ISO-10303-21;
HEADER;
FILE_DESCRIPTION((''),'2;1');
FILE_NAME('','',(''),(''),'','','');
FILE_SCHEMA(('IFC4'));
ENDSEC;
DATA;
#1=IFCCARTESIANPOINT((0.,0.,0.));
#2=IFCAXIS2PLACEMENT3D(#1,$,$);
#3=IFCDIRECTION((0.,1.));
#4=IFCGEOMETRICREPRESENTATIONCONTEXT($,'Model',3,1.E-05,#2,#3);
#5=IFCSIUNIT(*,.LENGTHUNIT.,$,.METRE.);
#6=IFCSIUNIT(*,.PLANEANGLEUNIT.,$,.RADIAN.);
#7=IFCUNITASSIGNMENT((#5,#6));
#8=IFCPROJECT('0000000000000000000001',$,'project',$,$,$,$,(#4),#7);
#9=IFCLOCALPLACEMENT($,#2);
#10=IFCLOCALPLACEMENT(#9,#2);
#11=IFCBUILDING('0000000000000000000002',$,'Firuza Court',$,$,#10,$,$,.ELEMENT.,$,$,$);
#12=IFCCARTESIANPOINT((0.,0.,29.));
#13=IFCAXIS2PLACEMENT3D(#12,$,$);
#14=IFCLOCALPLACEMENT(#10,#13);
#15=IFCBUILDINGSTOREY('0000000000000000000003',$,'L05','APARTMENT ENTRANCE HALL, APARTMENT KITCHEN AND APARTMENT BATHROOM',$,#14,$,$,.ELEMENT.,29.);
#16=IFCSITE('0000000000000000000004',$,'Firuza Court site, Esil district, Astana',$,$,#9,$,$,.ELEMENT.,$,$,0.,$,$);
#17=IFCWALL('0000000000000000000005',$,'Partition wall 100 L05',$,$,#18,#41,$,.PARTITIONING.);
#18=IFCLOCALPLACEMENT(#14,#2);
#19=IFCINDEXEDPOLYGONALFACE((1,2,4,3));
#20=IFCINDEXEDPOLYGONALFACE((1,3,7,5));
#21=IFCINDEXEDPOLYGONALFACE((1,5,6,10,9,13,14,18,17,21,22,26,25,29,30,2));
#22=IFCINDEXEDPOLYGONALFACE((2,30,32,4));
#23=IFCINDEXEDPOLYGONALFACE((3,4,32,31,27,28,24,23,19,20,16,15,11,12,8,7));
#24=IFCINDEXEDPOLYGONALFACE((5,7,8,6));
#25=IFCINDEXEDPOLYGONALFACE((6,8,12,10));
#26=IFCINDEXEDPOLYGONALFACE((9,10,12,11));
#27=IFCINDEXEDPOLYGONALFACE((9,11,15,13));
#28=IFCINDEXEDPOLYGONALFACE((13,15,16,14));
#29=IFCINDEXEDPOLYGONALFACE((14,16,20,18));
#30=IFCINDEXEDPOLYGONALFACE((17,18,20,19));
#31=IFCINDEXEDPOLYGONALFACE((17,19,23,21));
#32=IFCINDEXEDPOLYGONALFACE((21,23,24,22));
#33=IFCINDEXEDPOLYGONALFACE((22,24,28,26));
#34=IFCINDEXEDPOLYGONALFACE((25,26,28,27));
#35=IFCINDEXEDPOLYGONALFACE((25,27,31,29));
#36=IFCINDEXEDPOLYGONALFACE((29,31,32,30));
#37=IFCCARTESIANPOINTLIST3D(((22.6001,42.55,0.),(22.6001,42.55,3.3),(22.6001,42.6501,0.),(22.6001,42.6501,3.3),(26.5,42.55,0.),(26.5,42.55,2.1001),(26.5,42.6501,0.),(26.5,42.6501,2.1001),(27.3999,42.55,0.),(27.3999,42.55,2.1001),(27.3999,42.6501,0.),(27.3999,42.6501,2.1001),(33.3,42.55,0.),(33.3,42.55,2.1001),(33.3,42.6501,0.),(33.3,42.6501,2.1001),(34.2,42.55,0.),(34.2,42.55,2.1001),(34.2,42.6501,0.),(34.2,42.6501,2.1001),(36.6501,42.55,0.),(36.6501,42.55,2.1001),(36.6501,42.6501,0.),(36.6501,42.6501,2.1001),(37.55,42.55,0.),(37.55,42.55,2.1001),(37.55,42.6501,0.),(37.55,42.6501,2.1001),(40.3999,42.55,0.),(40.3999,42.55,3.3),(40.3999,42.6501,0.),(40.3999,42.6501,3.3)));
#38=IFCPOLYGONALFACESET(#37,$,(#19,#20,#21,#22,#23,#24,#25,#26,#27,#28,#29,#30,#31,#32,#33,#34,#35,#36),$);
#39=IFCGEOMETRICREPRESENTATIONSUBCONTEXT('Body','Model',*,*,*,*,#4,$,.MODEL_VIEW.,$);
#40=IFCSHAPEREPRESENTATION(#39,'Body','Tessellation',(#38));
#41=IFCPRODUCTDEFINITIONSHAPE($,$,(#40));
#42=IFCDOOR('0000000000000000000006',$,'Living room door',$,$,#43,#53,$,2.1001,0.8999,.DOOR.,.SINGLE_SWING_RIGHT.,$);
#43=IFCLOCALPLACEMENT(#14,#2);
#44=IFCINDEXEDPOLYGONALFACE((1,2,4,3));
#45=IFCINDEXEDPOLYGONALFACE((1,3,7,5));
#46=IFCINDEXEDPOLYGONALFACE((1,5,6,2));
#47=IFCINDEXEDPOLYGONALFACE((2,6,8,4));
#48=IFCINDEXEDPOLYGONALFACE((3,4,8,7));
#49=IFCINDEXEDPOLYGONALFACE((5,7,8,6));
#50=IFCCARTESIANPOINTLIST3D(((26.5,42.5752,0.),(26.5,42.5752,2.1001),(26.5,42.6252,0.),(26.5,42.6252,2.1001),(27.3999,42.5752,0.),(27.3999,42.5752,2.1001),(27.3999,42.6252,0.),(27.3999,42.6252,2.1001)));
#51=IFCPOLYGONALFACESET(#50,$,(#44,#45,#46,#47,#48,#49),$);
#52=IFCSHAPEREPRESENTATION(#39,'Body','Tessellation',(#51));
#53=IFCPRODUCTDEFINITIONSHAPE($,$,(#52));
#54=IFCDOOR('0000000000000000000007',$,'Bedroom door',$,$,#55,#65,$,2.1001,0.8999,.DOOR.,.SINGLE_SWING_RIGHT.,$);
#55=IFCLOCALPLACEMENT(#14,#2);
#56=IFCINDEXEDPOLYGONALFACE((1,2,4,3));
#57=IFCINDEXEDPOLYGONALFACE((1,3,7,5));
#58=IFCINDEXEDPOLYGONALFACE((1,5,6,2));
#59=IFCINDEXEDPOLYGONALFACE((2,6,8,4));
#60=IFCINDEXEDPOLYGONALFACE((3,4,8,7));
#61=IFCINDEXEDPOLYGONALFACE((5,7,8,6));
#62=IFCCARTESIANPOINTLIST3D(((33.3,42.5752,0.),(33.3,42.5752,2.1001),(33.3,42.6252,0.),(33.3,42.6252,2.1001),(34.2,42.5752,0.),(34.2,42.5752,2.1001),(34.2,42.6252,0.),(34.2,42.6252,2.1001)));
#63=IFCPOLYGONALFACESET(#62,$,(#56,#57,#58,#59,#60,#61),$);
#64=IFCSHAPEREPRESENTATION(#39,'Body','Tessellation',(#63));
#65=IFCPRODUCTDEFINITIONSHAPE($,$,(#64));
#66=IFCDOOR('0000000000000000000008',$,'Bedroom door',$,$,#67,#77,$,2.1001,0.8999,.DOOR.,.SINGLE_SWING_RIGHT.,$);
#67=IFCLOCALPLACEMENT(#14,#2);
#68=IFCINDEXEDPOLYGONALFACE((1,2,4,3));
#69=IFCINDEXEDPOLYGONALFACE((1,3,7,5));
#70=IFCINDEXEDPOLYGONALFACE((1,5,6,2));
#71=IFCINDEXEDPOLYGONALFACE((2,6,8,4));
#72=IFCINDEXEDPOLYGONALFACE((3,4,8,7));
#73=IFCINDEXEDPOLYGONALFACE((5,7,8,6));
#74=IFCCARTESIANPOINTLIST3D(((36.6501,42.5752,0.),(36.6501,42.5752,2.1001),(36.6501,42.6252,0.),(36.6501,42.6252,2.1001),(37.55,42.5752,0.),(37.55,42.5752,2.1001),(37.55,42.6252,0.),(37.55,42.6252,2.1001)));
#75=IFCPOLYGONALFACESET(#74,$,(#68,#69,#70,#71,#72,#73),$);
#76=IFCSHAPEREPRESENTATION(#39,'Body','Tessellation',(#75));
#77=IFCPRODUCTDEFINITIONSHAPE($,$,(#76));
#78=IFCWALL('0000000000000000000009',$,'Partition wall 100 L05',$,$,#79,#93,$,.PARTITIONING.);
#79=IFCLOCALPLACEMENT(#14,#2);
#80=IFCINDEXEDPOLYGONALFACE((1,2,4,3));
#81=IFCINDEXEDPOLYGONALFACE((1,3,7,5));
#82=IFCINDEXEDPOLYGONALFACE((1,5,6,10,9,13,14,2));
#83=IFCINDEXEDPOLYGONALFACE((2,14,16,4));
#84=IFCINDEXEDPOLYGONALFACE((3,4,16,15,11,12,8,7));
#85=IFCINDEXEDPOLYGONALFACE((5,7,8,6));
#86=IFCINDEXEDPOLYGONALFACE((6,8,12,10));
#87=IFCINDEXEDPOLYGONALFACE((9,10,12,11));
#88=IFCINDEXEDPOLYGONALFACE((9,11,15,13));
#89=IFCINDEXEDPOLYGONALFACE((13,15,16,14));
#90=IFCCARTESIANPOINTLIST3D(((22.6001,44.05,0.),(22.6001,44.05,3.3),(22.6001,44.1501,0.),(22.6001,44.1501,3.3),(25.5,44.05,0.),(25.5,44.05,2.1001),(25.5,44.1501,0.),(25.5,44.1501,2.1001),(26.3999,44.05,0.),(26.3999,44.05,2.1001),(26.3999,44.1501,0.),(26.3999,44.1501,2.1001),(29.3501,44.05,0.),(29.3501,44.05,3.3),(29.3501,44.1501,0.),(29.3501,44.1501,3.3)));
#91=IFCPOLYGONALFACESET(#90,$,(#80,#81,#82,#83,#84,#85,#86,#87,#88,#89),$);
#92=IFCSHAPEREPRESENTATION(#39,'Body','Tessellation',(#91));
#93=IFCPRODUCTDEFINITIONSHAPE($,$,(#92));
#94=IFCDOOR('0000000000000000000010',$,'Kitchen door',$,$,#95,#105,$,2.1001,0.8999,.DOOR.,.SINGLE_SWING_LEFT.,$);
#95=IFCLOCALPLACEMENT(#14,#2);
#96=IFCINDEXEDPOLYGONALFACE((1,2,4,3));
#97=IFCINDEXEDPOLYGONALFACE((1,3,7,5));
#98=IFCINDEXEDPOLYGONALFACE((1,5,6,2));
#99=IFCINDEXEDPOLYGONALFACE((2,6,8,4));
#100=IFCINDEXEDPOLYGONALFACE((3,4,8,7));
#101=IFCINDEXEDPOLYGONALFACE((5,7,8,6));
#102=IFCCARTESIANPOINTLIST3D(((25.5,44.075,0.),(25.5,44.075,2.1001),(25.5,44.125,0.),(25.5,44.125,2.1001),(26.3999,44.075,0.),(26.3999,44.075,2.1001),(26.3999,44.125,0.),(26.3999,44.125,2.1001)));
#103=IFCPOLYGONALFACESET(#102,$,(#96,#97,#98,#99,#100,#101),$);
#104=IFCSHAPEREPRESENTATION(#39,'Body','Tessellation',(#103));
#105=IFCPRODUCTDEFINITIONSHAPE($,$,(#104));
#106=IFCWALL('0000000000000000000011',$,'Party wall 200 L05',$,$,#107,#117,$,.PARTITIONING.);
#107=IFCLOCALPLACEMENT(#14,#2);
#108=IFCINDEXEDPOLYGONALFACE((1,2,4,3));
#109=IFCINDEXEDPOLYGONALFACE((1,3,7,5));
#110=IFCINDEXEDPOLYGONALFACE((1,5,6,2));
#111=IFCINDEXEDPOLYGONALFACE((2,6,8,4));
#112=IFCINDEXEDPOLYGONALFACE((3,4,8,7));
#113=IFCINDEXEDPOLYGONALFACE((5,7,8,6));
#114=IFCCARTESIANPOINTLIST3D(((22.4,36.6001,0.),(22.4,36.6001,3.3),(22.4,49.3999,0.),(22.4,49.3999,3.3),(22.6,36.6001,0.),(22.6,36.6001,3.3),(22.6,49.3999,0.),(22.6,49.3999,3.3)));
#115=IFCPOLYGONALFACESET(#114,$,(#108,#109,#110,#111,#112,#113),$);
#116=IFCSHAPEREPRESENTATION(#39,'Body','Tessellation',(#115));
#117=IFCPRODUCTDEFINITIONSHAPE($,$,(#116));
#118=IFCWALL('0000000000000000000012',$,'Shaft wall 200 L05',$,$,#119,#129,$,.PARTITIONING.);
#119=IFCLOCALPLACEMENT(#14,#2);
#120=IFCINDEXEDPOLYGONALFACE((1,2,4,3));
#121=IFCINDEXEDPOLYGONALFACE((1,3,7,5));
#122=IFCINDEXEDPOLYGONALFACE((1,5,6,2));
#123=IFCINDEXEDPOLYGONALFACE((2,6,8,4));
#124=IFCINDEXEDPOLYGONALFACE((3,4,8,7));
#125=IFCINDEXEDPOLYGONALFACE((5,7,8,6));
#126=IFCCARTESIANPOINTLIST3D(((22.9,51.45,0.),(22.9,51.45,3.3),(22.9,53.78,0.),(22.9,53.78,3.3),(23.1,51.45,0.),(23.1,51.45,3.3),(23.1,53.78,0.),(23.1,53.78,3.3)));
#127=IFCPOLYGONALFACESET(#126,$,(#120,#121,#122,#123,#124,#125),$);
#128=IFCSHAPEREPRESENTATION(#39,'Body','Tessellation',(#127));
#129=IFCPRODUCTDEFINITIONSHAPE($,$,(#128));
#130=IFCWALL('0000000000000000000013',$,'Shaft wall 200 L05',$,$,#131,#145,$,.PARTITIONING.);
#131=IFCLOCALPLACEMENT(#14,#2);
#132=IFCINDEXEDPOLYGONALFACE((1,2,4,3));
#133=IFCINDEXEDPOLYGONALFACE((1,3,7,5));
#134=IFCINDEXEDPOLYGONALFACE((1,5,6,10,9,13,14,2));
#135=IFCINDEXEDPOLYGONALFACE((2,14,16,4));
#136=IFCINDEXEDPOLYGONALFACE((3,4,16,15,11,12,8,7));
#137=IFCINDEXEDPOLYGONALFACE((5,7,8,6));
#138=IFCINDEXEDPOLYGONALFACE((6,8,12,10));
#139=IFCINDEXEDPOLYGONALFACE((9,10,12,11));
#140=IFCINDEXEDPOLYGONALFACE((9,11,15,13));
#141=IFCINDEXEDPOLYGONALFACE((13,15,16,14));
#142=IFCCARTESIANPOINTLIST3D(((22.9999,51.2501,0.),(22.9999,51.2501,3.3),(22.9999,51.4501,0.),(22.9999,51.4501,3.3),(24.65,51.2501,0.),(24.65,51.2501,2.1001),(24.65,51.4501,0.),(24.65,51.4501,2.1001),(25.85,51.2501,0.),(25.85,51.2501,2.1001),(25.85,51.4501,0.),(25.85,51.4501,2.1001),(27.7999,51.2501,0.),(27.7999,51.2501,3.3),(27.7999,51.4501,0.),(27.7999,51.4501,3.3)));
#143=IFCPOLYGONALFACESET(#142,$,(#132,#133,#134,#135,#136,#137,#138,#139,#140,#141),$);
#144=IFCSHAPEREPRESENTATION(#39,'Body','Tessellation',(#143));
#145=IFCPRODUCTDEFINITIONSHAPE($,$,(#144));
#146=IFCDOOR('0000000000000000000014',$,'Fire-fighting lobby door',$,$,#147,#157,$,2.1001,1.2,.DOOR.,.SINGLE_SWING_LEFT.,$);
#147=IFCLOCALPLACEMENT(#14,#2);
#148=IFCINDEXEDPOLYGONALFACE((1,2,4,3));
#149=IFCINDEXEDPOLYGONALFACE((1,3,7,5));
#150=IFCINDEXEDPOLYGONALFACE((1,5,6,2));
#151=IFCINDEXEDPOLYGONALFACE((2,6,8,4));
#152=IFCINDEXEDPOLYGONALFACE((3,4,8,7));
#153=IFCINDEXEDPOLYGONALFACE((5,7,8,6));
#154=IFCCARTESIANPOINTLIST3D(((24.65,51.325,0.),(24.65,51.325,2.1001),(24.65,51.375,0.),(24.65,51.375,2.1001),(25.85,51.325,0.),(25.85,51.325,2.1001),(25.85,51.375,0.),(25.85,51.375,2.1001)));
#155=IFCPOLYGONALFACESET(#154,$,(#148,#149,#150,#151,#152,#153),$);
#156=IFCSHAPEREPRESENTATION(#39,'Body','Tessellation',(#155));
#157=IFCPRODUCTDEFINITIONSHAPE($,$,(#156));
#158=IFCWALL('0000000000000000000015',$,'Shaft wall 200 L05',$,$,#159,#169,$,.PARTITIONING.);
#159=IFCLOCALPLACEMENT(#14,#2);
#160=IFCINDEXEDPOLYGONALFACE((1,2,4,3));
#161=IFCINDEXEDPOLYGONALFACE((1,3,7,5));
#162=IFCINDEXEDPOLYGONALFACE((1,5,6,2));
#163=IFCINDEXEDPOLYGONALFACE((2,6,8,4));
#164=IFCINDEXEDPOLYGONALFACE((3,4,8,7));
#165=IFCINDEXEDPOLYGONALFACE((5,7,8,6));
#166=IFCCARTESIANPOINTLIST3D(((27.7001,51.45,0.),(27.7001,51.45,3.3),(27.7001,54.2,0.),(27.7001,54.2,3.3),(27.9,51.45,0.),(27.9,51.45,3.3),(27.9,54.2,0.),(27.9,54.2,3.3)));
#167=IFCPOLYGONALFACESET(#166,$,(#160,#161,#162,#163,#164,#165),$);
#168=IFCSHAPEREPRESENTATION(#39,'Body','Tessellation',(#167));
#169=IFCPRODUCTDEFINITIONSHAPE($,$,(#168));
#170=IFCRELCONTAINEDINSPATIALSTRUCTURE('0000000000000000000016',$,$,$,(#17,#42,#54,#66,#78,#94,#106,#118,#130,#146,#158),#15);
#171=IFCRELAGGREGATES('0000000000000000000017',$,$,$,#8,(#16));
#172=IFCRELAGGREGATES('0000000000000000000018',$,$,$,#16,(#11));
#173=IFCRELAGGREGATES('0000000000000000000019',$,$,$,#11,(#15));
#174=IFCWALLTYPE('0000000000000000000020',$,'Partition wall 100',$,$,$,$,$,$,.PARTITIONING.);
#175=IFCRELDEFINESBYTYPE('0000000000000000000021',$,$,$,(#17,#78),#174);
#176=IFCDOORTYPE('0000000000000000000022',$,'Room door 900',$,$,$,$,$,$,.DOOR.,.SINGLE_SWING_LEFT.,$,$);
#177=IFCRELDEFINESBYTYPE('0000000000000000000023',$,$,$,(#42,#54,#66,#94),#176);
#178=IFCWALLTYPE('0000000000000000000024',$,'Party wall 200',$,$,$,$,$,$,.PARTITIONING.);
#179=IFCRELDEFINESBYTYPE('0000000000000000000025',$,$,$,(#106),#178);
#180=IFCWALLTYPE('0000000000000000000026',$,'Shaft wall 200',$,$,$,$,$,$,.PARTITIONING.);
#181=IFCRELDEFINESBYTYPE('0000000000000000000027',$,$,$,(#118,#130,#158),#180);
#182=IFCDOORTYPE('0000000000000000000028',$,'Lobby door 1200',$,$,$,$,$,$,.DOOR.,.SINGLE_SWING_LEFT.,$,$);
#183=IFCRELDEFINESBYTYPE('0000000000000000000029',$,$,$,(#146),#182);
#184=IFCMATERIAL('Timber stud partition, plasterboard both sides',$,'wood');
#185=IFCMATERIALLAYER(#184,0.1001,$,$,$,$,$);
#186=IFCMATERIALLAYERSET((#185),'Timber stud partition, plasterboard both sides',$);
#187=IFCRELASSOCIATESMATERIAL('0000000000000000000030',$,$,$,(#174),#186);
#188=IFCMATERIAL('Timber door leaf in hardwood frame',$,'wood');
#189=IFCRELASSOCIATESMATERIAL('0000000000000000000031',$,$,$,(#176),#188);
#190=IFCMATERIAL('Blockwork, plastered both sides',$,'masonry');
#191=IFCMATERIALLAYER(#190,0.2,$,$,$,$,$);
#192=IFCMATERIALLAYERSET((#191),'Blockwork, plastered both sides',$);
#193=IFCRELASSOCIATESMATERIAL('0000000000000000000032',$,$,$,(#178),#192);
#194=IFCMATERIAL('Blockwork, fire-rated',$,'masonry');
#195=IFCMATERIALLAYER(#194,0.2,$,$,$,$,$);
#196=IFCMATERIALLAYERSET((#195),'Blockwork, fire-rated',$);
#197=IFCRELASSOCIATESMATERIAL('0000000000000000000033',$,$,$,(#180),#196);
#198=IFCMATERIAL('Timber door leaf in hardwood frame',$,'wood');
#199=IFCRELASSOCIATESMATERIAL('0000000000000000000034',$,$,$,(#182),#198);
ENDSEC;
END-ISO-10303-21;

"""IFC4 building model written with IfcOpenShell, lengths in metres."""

from ifc_helpers import new_model, si_unit, direction, frame, frame_2d, origin, place, context, subcontext, project, spatial, rectangle, extrude, material, layer, layer_set, type_object, element, fill, save


model = new_model("IFC4")

# Units and contexts
model_context = context("Model", 3, precision=1e-05, world=origin(), true_north=direction((0.0, 1.0)))
body_context = subcontext(model_context, "Body", "Model", "MODEL_VIEW")
ifc_project = project(units=[si_unit("LENGTHUNIT", "METRE"), si_unit("PLANEANGLEUNIT", "RADIAN")], contexts=[model_context])

# Site, building, storey
site_placement = place(None, origin())
site = spatial("IfcSite", under=ifc_project, at=site_placement, Name="Firuza Court site, Esil district, Astana", CompositionType="ELEMENT", RefElevation=0.0)
building_placement = place(site_placement, origin())
building = spatial("IfcBuilding", under=site, at=building_placement, Name="Firuza Court", CompositionType="ELEMENT")
storey_placement = place(building_placement, frame((0.0, 0.0, 29.0)))
storey = spatial("IfcBuildingStorey", under=building, at=storey_placement, Name="L05", Description="APARTMENT ENTRANCE HALL, APARTMENT KITCHEN AND APARTMENT BATHROOM", CompositionType="ELEMENT", Elevation=29.0)

# Shared definitions
ifc_material_1 = material(Name="Blockwork, plastered both sides", Category="masonry")

# Shared definitions
ifc_material_2 = material(Name="Timber stud partition, plasterboard both sides", Category="wood")
ifc_layer_1 = layer(ifc_material_2, 0.1001)
ifc_layer_set_1 = layer_set([ifc_layer_1], Name="Timber stud partition, plasterboard both sides")
wall_type_1 = type_object("IfcWallType", Name="Partition wall 100", PredefinedType="PARTITIONING", material=ifc_layer_set_1)

# Wall, openings, doors
wall_1_placement = place(storey_placement, frame((22.6001, 42.6001, 0.0), z_axis=(0.0, 0.0, 1.0), x_axis=(1.0, 0.0, 0.0)))
wall_1 = element("IfcWall", 1, at=wall_1_placement, inside=storey, type_object=wall_type_1, Name="Partition wall 100 L05", PredefinedType="PARTITIONING", context=body_context, shape_type="SweptSolid", body=[
    extrude(rectangle(XDim=17.7998, YDim=0.1001, at=frame_2d((8.8999, 0.0))), origin(), (0.0, 0.0, 1.0), 3.3),
])
opening_1_placement = place(wall_1_placement, frame((3.8999, 0.0, 0.0)))
opening_1 = element("IfcOpeningElement", 2, at=opening_1_placement, cuts=wall_1, PredefinedType="OPENING", context=body_context, shape_type="SweptSolid", body=[
    extrude(rectangle(XDim=0.8999, YDim=2.1001, at=frame_2d((0.45, 1.05))), frame((0.0, 0.062, 0.0), z_axis=(0.0, -1.0, 0.0), x_axis=(1.0, 0.0, 0.0)), (0.0, 0.0, 1.0), 0.124),
])
opening_2_placement = place(wall_1_placement, frame((10.7, 0.0, 0.0)))
opening_2 = element("IfcOpeningElement", 3, at=opening_2_placement, cuts=wall_1, PredefinedType="OPENING", context=body_context, shape_type="SweptSolid", body=[
    extrude(rectangle(XDim=0.8999, YDim=2.1001, at=frame_2d((0.45, 1.05))), frame((0.0, 0.062, 0.0), z_axis=(0.0, -1.0, 0.0), x_axis=(1.0, 0.0, 0.0)), (0.0, 0.0, 1.0), 0.124),
])
opening_3_placement = place(wall_1_placement, frame((14.05, 0.0, 0.0)))
opening_3 = element("IfcOpeningElement", 4, at=opening_3_placement, cuts=wall_1, PredefinedType="OPENING", context=body_context, shape_type="SweptSolid", body=[
    extrude(rectangle(XDim=0.8999, YDim=2.1001, at=frame_2d((0.45, 1.05))), frame((0.0, 0.062, 0.0), z_axis=(0.0, -1.0, 0.0), x_axis=(1.0, 0.0, 0.0)), (0.0, 0.0, 1.0), 0.124),
])
ifc_material_3 = material(Name="Timber door leaf in hardwood frame", Category="wood")
door_type_1 = type_object("IfcDoorType", Name="Room door 900", OperationType="SINGLE_SWING_LEFT", PredefinedType="DOOR", material=ifc_material_3)
door_1_placement = place(opening_1_placement, frame((0.8999, 0.0, 0.0), z_axis=(0.0, 0.0, 1.0), x_axis=(-1.0, 0.0, 0.0)))
door_1 = element("IfcDoor", 5, at=door_1_placement, inside=storey, type_object=door_type_1, Name="Living room door", OperationType="SINGLE_SWING_RIGHT", OverallHeight=2.1001, OverallWidth=0.8999, PredefinedType="DOOR", context=body_context, shape_type="SweptSolid", body=[
    extrude(rectangle(XDim=0.8999, YDim=2.1001, at=frame_2d((0.45, 1.05))), frame((0.0, 0.0249, 0.0), z_axis=(0.0, -1.0, 0.0), x_axis=(1.0, 0.0, 0.0)), (0.0, 0.0, 1.0), 0.05),
])
fill(opening_1, door_1)
door_2_placement = place(opening_2_placement, frame((0.8999, 0.0, 0.0), z_axis=(0.0, 0.0, 1.0), x_axis=(-1.0, 0.0, 0.0)))
door_2 = element("IfcDoor", 6, at=door_2_placement, inside=storey, type_object=door_type_1, Name="Bedroom door", OperationType="SINGLE_SWING_RIGHT", OverallHeight=2.1001, OverallWidth=0.8999, PredefinedType="DOOR", context=body_context, shape_type="SweptSolid", body=[
    extrude(rectangle(XDim=0.8999, YDim=2.1001, at=frame_2d((0.45, 1.05))), frame((0.0, 0.0249, 0.0), z_axis=(0.0, -1.0, 0.0), x_axis=(1.0, 0.0, 0.0)), (0.0, 0.0, 1.0), 0.05),
])
fill(opening_2, door_2)
door_3_placement = place(opening_3_placement, frame((0.8999, 0.0, 0.0), z_axis=(0.0, 0.0, 1.0), x_axis=(-1.0, 0.0, 0.0)))
door_3 = element("IfcDoor", 7, at=door_3_placement, inside=storey, type_object=door_type_1, Name="Bedroom door", OperationType="SINGLE_SWING_RIGHT", OverallHeight=2.1001, OverallWidth=0.8999, PredefinedType="DOOR", context=body_context, shape_type="SweptSolid", body=[
    extrude(rectangle(XDim=0.8999, YDim=2.1001, at=frame_2d((0.45, 1.05))), frame((0.0, 0.0249, 0.0), z_axis=(0.0, -1.0, 0.0), x_axis=(1.0, 0.0, 0.0)), (0.0, 0.0, 1.0), 0.05),
])
fill(opening_3, door_3)

# Wall, opening, door
wall_2_placement = place(storey_placement, frame((22.6001, 44.1001, 0.0), z_axis=(0.0, 0.0, 1.0), x_axis=(1.0, 0.0, 0.0)))
wall_2 = element("IfcWall", 8, at=wall_2_placement, inside=storey, type_object=wall_type_1, Name="Partition wall 100 L05", PredefinedType="PARTITIONING", context=body_context, shape_type="SweptSolid", body=[
    extrude(rectangle(XDim=6.75, YDim=0.1001, at=frame_2d((3.375, 0.0))), origin(), (0.0, 0.0, 1.0), 3.3),
])
opening_4_placement = place(wall_2_placement, frame((2.8999, 0.0, 0.0)))
opening_4 = element("IfcOpeningElement", 9, at=opening_4_placement, cuts=wall_2, PredefinedType="OPENING", context=body_context, shape_type="SweptSolid", body=[
    extrude(rectangle(XDim=0.8999, YDim=2.1001, at=frame_2d((0.45, 1.05))), frame((0.0, 0.062, 0.0), z_axis=(0.0, -1.0, 0.0), x_axis=(1.0, 0.0, 0.0)), (0.0, 0.0, 1.0), 0.124),
])
door_4_placement = place(opening_4_placement, origin())
door_4 = element("IfcDoor", 10, at=door_4_placement, inside=storey, type_object=door_type_1, Name="Kitchen door", OperationType="SINGLE_SWING_LEFT", OverallHeight=2.1001, OverallWidth=0.8999, PredefinedType="DOOR", context=body_context, shape_type="SweptSolid", body=[
    extrude(rectangle(XDim=0.8999, YDim=2.1001, at=frame_2d((0.45, 1.05))), frame((0.0, 0.0249, 0.0), z_axis=(0.0, -1.0, 0.0), x_axis=(1.0, 0.0, 0.0)), (0.0, 0.0, 1.0), 0.05),
])
fill(opening_4, door_4)

# Walls
ifc_layer_2 = layer(ifc_material_1, 0.2)
ifc_layer_set_2 = layer_set([ifc_layer_2], Name="Blockwork, plastered both sides")
wall_type_2 = type_object("IfcWallType", Name="Party wall 200", PredefinedType="PARTITIONING", material=ifc_layer_set_2)
wall_3_placement = place(storey_placement, frame((22.5, 36.6001, 0.0), z_axis=(0.0, 0.0, 1.0), x_axis=(0.0, 1.0, 0.0)))
element("IfcWall", 11, at=wall_3_placement, inside=storey, type_object=wall_type_2, Name="Party wall 200 L05", PredefinedType="PARTITIONING", context=body_context, shape_type="SweptSolid", body=[
    extrude(rectangle(XDim=12.7998, YDim=0.2, at=frame_2d((6.3999, 0.0))), origin(), (0.0, 0.0, 1.0), 3.3),
])
ifc_material_4 = material(Name="Blockwork, fire-rated", Category="masonry")
ifc_layer_3 = layer(ifc_material_4, 0.2)
ifc_layer_set_3 = layer_set([ifc_layer_3], Name="Blockwork, fire-rated")
wall_type_3 = type_object("IfcWallType", Name="Shaft wall 200", PredefinedType="PARTITIONING", material=ifc_layer_set_3)
wall_4_placement = place(storey_placement, frame((23.0, 51.45, 0.0), z_axis=(0.0, 0.0, 1.0), x_axis=(0.0, 1.0, 0.0)))
element("IfcWall", 12, at=wall_4_placement, inside=storey, type_object=wall_type_3, Name="Shaft wall 200 L05", PredefinedType="PARTITIONING", context=body_context, shape_type="SweptSolid", body=[
    extrude(rectangle(XDim=2.3301, YDim=0.2, at=frame_2d((1.165, 0.0))), origin(), (0.0, 0.0, 1.0), 3.3),
])

# Wall, opening, door
wall_5_placement = place(storey_placement, frame((23.0, 51.3501, 0.0), z_axis=(0.0, 0.0, 1.0), x_axis=(1.0, 0.0, 0.0)))
wall_5 = element("IfcWall", 13, at=wall_5_placement, inside=storey, type_object=wall_type_3, Name="Shaft wall 200 L05", PredefinedType="PARTITIONING", context=body_context, shape_type="SweptSolid", body=[
    extrude(rectangle(XDim=4.8, YDim=0.2, at=frame_2d((2.3999, 0.0))), origin(), (0.0, 0.0, 1.0), 3.3),
])
opening_5_placement = place(wall_5_placement, frame((1.6499, 0.0, 0.0)))
opening_5 = element("IfcOpeningElement", 14, at=opening_5_placement, cuts=wall_5, PredefinedType="OPENING", context=body_context, shape_type="SweptSolid", body=[
    extrude(rectangle(XDim=1.2, YDim=2.1001, at=frame_2d((0.6001, 1.05))), frame((0.0, 0.1118, 0.0), z_axis=(0.0, -1.0, 0.0), x_axis=(1.0, 0.0, 0.0)), (0.0, 0.0, 1.0), 0.2239),
])
ifc_material_5 = material(Name="Timber door leaf in hardwood frame", Category="wood")
door_type_2 = type_object("IfcDoorType", Name="Lobby door 1200", OperationType="SINGLE_SWING_LEFT", PredefinedType="DOOR", material=ifc_material_5)
door_5_placement = place(opening_5_placement, origin())
door_5 = element("IfcDoor", 15, at=door_5_placement, inside=storey, type_object=door_type_2, Name="Fire-fighting lobby door", OperationType="SINGLE_SWING_LEFT", OverallHeight=2.1001, OverallWidth=1.2, PredefinedType="DOOR", context=body_context, shape_type="SweptSolid", body=[
    extrude(rectangle(XDim=1.2, YDim=2.1001, at=frame_2d((0.6001, 1.05))), frame((0.0, 0.0249, 0.0), z_axis=(0.0, -1.0, 0.0), x_axis=(1.0, 0.0, 0.0)), (0.0, 0.0, 1.0), 0.05),
])
fill(opening_5, door_5)

# Wall
wall_6_placement = place(storey_placement, frame((27.8, 51.45, 0.0), z_axis=(0.0, 0.0, 1.0), x_axis=(0.0, 1.0, 0.0)))
element("IfcWall", 16, at=wall_6_placement, inside=storey, type_object=wall_type_3, Name="Shaft wall 200 L05", PredefinedType="PARTITIONING", context=body_context, shape_type="SweptSolid", body=[
    extrude(rectangle(XDim=2.75, YDim=0.2, at=frame_2d((1.375, 0.0))), origin(), (0.0, 0.0, 1.0), 3.3),
])

save(model, "model.ifc")
